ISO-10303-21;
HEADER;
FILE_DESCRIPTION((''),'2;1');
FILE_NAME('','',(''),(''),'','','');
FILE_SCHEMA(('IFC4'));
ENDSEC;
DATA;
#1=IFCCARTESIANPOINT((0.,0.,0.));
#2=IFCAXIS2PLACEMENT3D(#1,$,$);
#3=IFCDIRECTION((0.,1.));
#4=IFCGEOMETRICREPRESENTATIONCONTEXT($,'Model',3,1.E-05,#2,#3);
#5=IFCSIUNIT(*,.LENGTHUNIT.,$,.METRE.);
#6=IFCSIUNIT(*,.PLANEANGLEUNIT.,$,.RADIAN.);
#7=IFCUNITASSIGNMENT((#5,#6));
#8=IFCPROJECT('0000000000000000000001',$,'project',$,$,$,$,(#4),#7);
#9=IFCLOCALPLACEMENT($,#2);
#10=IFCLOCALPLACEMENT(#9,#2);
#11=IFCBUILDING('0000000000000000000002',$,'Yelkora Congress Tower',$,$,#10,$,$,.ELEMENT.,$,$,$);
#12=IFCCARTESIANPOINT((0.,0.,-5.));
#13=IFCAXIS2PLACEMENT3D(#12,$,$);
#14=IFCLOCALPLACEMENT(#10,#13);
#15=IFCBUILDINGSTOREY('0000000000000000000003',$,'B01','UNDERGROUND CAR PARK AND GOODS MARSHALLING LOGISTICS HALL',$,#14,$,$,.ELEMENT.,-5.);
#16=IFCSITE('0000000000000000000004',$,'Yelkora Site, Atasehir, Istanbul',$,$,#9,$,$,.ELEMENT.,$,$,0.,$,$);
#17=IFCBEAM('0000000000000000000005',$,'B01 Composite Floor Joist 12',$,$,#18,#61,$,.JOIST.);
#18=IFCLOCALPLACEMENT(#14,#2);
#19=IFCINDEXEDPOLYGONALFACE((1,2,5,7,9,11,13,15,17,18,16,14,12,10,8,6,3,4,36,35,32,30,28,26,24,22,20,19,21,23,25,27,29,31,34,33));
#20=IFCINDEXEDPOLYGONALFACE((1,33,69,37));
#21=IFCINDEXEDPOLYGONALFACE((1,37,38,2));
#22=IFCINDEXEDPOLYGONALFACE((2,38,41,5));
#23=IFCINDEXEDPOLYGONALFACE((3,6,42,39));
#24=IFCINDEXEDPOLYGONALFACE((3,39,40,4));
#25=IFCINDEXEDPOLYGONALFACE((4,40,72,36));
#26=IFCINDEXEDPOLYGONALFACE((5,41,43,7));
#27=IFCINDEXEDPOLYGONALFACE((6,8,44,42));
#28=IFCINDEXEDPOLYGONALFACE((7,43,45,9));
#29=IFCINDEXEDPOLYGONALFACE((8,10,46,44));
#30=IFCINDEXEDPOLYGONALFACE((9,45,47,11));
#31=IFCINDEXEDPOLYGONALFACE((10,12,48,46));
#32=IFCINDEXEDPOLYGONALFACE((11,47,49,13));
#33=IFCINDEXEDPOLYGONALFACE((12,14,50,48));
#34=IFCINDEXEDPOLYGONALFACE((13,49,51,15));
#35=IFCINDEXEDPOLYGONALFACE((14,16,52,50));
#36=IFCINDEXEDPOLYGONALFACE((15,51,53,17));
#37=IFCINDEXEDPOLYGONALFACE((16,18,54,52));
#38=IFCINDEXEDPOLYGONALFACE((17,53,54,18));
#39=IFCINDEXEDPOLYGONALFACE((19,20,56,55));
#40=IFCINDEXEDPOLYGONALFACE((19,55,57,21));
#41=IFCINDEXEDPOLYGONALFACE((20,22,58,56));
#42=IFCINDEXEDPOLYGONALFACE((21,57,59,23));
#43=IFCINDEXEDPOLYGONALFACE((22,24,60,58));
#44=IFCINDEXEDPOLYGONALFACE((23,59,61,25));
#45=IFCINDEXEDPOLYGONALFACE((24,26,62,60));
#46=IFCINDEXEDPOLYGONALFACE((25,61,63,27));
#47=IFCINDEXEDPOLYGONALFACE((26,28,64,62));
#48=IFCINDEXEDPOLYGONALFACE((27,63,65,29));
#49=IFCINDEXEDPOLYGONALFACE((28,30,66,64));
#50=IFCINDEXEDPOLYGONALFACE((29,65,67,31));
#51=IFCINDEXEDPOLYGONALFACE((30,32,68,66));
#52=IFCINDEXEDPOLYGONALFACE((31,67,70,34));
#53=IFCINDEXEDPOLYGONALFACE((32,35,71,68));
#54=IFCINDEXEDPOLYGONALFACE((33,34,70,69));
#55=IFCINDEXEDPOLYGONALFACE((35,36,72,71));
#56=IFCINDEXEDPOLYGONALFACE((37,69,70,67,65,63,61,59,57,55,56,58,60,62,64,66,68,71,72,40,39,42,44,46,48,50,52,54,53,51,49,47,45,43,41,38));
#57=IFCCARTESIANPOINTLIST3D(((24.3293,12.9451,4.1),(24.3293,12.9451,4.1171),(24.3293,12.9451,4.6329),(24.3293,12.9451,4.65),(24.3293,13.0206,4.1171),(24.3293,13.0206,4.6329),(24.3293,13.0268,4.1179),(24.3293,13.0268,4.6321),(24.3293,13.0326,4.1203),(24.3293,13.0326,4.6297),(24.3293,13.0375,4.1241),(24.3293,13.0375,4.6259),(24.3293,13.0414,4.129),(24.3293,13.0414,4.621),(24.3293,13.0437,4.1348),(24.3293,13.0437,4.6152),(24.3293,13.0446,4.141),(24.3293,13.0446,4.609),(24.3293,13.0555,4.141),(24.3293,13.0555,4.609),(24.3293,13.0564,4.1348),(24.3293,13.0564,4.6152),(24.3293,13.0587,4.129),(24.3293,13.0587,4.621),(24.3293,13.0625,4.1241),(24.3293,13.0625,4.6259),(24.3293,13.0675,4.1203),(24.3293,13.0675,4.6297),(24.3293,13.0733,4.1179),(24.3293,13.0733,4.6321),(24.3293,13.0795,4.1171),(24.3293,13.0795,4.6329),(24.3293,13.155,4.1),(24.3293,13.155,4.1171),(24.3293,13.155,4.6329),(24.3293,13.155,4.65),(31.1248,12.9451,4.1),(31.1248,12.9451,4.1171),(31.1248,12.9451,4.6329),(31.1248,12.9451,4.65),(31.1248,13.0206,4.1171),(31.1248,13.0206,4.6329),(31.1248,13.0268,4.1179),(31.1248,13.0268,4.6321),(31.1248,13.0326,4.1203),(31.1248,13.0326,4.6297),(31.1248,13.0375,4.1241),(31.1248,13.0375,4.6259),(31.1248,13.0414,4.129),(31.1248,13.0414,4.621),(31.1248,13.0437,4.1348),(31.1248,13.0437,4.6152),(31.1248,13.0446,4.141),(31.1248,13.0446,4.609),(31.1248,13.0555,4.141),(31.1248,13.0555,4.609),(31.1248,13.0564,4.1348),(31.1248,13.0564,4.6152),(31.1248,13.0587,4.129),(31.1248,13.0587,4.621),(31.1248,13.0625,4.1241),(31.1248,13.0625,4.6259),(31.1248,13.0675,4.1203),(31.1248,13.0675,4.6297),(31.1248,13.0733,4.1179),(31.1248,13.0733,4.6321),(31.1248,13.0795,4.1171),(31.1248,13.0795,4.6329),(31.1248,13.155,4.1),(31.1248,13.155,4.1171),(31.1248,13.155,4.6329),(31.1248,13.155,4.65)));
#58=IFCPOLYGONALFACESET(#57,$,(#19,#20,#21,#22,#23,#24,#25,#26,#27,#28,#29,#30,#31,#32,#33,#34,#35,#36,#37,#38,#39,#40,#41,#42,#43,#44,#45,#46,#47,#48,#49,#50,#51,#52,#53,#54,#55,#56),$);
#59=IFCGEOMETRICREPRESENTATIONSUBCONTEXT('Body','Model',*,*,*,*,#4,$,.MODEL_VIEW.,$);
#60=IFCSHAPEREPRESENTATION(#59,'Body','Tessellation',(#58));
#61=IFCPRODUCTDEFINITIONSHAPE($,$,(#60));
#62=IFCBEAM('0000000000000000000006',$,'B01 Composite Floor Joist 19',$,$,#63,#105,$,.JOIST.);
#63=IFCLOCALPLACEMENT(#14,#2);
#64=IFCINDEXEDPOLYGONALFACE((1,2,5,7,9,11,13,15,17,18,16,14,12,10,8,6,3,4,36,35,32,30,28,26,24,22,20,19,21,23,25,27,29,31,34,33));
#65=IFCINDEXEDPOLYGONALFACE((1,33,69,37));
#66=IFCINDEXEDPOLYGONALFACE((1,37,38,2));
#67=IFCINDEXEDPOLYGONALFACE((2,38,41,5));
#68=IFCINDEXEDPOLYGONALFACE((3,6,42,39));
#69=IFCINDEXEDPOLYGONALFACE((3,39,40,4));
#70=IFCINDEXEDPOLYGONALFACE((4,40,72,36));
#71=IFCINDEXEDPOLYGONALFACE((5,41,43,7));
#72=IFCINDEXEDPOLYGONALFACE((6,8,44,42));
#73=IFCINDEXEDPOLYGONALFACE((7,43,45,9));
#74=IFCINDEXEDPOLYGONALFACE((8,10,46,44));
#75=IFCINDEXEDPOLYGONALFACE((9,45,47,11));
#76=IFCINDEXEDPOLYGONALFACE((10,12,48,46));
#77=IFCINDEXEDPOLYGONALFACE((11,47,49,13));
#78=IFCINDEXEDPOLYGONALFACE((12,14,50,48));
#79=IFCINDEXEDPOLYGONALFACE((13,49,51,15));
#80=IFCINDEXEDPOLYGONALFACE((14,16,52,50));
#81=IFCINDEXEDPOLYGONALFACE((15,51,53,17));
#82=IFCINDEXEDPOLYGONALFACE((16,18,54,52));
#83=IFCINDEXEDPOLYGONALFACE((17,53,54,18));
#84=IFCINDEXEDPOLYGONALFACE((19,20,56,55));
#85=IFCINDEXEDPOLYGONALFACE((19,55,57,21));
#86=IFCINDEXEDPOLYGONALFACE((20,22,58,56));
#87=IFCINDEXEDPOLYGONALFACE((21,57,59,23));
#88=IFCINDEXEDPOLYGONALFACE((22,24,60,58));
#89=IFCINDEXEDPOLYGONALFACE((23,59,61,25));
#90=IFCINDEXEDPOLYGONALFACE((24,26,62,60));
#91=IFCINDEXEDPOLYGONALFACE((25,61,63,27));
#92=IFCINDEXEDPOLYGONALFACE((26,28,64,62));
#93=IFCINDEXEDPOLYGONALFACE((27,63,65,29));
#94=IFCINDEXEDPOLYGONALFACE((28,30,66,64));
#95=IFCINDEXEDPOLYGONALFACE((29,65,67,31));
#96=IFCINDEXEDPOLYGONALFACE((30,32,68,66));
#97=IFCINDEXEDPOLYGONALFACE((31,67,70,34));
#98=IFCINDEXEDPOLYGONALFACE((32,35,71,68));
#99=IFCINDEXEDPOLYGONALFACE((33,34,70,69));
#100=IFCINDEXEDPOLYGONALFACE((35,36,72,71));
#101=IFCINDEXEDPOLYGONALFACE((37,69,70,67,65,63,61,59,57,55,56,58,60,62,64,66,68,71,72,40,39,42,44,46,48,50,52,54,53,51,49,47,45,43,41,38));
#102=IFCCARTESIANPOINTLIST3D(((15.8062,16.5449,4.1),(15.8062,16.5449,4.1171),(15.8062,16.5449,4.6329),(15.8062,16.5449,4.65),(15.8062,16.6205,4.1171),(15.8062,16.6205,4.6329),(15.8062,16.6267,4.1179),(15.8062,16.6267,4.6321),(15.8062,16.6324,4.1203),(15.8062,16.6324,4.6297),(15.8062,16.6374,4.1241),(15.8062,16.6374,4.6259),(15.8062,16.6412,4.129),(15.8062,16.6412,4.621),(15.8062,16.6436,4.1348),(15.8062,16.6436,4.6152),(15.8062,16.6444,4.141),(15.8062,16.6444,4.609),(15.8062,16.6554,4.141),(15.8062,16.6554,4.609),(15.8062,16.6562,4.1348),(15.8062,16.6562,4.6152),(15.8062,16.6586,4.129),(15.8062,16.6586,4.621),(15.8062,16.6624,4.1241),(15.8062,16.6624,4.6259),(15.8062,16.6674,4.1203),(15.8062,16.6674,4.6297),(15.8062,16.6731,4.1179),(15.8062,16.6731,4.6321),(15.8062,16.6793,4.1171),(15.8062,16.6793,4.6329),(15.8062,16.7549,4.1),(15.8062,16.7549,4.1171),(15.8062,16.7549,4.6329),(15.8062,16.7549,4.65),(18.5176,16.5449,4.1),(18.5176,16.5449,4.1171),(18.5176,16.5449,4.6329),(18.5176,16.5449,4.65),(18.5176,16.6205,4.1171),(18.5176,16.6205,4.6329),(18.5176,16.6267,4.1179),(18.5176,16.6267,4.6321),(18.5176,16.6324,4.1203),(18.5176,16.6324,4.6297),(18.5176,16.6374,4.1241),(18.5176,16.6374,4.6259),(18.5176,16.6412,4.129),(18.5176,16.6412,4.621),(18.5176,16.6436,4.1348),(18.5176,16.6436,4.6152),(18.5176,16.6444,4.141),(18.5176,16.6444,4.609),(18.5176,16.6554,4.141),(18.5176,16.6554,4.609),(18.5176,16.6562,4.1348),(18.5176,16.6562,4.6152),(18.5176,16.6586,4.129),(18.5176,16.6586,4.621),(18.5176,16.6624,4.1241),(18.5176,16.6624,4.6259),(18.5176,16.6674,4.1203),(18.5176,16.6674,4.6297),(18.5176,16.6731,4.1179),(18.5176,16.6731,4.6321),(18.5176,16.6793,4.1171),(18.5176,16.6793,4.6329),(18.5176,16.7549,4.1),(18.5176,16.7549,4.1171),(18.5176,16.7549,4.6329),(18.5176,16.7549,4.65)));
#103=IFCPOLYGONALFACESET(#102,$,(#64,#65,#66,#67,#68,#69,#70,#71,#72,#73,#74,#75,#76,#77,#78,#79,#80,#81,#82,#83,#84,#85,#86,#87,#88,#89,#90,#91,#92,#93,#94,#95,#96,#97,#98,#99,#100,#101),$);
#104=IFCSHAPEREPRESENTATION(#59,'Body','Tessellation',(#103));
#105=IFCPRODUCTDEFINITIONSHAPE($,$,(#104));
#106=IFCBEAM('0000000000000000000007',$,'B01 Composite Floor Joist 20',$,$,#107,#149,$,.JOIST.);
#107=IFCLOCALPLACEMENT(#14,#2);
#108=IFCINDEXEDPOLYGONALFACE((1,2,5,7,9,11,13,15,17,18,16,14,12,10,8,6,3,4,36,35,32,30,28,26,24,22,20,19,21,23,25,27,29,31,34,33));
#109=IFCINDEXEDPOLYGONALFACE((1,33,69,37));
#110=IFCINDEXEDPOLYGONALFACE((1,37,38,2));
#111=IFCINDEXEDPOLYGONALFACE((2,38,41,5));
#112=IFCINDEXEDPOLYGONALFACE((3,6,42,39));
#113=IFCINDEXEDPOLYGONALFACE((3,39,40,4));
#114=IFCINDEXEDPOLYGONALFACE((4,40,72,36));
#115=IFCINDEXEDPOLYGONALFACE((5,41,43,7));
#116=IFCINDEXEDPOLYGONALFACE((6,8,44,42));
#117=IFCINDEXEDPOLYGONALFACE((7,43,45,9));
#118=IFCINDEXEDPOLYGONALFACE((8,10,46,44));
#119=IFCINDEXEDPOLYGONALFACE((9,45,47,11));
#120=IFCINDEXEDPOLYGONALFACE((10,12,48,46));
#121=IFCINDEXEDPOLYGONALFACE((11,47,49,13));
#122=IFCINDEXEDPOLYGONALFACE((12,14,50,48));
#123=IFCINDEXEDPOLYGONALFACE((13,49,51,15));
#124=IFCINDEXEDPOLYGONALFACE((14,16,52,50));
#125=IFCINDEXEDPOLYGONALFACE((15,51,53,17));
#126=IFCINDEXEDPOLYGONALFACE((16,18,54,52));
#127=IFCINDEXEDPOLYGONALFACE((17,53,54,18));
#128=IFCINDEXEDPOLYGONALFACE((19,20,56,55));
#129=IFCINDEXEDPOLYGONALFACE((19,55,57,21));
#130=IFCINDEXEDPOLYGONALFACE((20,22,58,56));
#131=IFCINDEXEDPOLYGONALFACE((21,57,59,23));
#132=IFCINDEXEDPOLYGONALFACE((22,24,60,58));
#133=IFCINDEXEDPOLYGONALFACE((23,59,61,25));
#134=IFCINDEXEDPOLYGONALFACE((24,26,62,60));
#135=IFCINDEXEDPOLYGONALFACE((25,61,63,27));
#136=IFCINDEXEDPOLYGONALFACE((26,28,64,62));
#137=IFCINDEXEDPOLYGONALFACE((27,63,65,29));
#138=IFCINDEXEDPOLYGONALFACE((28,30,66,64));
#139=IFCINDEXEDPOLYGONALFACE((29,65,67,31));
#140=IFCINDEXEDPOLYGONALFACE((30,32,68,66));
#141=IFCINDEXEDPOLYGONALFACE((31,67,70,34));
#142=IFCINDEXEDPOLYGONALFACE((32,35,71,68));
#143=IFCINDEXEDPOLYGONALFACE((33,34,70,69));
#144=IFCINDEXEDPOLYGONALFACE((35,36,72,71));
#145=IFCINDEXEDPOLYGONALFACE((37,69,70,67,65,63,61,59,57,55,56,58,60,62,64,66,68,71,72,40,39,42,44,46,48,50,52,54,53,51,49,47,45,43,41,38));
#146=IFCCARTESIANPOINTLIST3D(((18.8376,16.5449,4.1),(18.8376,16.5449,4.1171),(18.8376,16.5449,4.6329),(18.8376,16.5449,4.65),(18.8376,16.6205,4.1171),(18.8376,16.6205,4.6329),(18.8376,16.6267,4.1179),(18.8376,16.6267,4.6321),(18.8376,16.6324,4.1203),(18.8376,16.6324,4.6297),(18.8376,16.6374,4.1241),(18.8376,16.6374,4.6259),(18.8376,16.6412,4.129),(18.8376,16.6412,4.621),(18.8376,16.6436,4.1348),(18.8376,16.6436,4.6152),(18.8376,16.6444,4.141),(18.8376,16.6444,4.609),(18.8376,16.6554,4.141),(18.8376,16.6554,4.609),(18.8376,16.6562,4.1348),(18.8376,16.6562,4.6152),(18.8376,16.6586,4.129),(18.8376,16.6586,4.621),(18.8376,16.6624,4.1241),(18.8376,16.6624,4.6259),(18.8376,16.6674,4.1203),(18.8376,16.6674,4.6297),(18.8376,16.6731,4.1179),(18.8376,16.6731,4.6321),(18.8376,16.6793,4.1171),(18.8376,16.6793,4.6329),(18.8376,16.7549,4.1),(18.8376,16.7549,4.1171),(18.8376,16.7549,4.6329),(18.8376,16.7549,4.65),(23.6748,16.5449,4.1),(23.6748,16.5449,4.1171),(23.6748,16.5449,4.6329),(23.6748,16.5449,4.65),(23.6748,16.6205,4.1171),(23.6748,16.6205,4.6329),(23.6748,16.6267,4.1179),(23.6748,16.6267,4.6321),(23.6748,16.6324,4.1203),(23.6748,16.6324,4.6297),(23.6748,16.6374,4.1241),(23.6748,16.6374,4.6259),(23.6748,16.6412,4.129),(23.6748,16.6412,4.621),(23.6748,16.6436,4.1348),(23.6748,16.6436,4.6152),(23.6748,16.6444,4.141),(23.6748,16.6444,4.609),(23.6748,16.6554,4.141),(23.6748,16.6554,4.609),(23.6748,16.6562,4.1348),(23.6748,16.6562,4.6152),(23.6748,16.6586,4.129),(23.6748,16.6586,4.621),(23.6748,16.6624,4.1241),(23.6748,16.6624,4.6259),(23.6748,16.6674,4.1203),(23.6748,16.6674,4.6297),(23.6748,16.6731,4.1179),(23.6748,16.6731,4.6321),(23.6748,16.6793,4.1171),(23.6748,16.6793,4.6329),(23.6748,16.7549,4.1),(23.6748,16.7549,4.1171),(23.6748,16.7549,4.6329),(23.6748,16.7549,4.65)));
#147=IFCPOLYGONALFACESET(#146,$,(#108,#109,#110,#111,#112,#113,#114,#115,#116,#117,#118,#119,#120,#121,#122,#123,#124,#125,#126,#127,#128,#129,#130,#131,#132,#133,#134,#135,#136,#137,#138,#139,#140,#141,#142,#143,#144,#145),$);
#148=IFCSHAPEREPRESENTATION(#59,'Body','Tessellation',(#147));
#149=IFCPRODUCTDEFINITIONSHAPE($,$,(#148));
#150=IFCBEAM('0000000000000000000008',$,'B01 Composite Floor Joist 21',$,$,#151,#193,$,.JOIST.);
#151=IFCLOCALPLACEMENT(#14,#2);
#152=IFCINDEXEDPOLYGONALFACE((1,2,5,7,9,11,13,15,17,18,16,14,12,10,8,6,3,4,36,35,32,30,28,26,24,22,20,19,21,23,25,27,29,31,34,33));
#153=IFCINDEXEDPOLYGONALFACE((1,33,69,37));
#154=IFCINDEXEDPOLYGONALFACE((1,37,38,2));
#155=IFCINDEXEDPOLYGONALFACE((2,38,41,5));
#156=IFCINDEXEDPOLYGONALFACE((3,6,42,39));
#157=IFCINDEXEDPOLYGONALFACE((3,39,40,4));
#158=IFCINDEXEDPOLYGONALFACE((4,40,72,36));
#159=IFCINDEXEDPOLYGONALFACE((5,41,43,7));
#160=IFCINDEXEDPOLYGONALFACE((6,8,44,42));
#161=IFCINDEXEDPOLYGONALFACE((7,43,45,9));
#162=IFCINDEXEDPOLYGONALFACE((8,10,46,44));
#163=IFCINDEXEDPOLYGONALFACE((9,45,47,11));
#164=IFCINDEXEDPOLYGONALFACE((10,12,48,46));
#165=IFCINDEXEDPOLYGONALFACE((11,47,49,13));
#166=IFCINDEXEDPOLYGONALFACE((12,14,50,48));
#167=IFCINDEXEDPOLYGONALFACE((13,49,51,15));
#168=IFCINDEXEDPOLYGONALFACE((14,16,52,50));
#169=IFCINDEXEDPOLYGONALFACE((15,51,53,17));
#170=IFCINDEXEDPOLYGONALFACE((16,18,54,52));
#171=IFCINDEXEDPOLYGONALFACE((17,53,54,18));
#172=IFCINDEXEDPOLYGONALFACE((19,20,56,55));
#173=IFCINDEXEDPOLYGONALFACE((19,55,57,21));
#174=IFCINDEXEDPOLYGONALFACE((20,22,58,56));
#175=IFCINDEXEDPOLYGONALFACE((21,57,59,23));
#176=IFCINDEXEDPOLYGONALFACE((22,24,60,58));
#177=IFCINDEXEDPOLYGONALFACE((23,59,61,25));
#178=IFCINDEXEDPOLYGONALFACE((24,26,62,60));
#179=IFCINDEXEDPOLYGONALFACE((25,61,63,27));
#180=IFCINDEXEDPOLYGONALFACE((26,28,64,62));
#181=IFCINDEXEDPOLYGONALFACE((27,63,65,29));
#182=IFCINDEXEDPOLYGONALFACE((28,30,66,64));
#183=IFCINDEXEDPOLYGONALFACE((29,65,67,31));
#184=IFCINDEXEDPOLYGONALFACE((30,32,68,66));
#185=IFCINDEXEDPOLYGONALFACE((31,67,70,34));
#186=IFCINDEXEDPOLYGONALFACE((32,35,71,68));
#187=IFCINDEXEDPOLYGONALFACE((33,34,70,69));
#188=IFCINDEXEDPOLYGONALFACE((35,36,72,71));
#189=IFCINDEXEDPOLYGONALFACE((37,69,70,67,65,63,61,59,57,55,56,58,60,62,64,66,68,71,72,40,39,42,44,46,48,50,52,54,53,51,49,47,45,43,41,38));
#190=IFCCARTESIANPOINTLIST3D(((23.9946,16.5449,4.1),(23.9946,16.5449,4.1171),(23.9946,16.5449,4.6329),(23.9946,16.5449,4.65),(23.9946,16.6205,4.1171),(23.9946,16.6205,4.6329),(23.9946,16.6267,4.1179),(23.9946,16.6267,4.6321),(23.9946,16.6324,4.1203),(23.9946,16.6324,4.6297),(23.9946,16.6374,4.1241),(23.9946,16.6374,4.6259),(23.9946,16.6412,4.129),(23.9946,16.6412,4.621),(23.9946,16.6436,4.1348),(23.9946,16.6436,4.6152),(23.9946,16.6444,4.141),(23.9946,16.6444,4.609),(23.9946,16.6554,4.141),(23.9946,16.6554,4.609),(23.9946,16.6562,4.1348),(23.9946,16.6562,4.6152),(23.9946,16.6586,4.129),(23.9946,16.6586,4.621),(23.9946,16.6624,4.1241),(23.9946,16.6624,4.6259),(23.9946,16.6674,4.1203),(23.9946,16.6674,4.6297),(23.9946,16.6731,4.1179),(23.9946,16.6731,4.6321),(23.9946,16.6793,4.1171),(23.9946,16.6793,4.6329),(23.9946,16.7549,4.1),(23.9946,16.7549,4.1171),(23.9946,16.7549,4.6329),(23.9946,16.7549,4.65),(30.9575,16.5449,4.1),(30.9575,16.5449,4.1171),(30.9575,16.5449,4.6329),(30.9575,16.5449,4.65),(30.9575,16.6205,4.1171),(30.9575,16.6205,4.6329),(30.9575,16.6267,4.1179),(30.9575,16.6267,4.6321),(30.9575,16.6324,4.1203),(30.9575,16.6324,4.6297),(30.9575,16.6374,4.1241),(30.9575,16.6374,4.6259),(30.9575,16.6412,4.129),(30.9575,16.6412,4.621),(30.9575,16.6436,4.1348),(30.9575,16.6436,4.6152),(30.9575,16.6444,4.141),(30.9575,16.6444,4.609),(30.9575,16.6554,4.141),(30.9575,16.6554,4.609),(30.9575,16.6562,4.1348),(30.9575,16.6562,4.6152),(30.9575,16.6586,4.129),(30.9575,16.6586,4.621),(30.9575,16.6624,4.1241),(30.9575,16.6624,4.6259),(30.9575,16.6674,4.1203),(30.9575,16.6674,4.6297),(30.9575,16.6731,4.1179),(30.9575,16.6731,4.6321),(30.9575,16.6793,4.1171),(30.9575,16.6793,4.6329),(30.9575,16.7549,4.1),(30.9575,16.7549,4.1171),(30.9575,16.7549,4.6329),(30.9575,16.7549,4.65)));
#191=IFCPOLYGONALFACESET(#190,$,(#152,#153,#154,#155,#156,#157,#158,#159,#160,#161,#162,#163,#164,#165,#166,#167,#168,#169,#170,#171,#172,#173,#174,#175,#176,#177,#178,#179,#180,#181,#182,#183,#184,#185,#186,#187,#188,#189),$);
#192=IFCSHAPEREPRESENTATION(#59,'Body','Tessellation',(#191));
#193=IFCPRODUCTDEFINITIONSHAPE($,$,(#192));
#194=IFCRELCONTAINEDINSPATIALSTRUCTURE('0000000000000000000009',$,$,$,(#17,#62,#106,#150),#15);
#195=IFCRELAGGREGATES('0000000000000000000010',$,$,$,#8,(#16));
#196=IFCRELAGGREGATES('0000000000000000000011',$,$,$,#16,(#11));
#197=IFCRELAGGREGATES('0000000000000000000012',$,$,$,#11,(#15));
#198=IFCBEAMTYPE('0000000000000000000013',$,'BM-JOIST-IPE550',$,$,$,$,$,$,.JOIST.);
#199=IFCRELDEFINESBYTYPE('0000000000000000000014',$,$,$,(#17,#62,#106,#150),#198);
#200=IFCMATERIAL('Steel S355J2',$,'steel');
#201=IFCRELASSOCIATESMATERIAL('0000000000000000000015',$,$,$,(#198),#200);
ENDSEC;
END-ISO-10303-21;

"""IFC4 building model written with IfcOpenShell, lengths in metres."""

from ifc_helpers import new_model, si_unit, direction, frame, origin, origin_2d, place, context, subcontext, project, spatial, i_section, extrude, material, material_profile, profile_set, type_object, element, save


model = new_model("IFC4")

# Units and contexts
model_context = context("Model", 3, precision=1e-05, world=origin(), true_north=direction((0.0, 1.0)))
body_context = subcontext(model_context, "Body", "Model", "MODEL_VIEW")
ifc_project = project(units=[si_unit("LENGTHUNIT", "METRE"), si_unit("PLANEANGLEUNIT", "RADIAN")], contexts=[model_context])

# Site, building, storey
site_placement = place(None, origin())
site = spatial("IfcSite", under=ifc_project, at=site_placement, Name="Yelkora Site, Atasehir, Istanbul", CompositionType="ELEMENT", RefElevation=0.0)
building_placement = place(site_placement, origin())
building = spatial("IfcBuilding", under=site, at=building_placement, Name="Yelkora Congress Tower", CompositionType="ELEMENT")
storey_placement = place(building_placement, frame((0.0, 0.0, -5.0)))
storey = spatial("IfcBuildingStorey", under=building, at=storey_placement, Name="B01", Description="UNDERGROUND CAR PARK AND GOODS MARSHALLING LOGISTICS HALL", CompositionType="ELEMENT", Elevation=-5.0)

# Beams
ifc_material_1 = material(Name="Steel S355J2", Category="steel")
ifc_material_profile_1 = material_profile(ifc_material_1, i_section(OverallWidth=0.21, OverallDepth=0.55, WebThickness=0.011, FlangeThickness=0.0171, FilletRadius=0.0239, at=origin_2d()), Name="IPE 550")
ifc_profile_set_1 = profile_set([ifc_material_profile_1], Name="Steel S355J2")
beam_type_1 = type_object("IfcBeamType", Name="BM-JOIST-IPE550", PredefinedType="JOIST", material=ifc_profile_set_1)
beam_1_placement = place(storey_placement, frame((24.3293, 13.05, 4.375), z_axis=(1.0, 0.0, 0.0), x_axis=(0.0, 1.0, 0.0)))
element("IfcBeam", 1, at=beam_1_placement, inside=storey, type_object=beam_type_1, Name="B01 Composite Floor Joist 12", PredefinedType="JOIST", context=body_context, shape_type="SweptSolid", body=[
    extrude(i_section(OverallWidth=0.21, OverallDepth=0.55, WebThickness=0.011, FlangeThickness=0.0171, FilletRadius=0.0239, at=origin_2d()), origin(), (0.0, 0.0, 1.0), 6.7954),
])
beam_2_placement = place(storey_placement, frame((15.8062, 16.6499, 4.375), z_axis=(1.0, 0.0, 0.0), x_axis=(0.0, 1.0, 0.0)))
element("IfcBeam", 2, at=beam_2_placement, inside=storey, type_object=beam_type_1, Name="B01 Composite Floor Joist 19", PredefinedType="JOIST", context=body_context, shape_type="SweptSolid", body=[
    extrude(i_section(OverallWidth=0.21, OverallDepth=0.55, WebThickness=0.011, FlangeThickness=0.0171, FilletRadius=0.0239, at=origin_2d()), origin(), (0.0, 0.0, 1.0), 2.7114),
])
beam_3_placement = place(storey_placement, frame((18.8376, 16.6499, 4.375), z_axis=(1.0, 0.0, 0.0), x_axis=(0.0, 1.0, 0.0)))
element("IfcBeam", 3, at=beam_3_placement, inside=storey, type_object=beam_type_1, Name="B01 Composite Floor Joist 20", PredefinedType="JOIST", context=body_context, shape_type="SweptSolid", body=[
    extrude(i_section(OverallWidth=0.21, OverallDepth=0.55, WebThickness=0.011, FlangeThickness=0.0171, FilletRadius=0.0239, at=origin_2d()), origin(), (0.0, 0.0, 1.0), 4.8372),
])
beam_4_placement = place(storey_placement, frame((23.9946, 16.6499, 4.375), z_axis=(1.0, 0.0, 0.0), x_axis=(0.0, 1.0, 0.0)))
element("IfcBeam", 4, at=beam_4_placement, inside=storey, type_object=beam_type_1, Name="B01 Composite Floor Joist 21", PredefinedType="JOIST", context=body_context, shape_type="SweptSolid", body=[
    extrude(i_section(OverallWidth=0.21, OverallDepth=0.55, WebThickness=0.011, FlangeThickness=0.0171, FilletRadius=0.0239, at=origin_2d()), origin(), (0.0, 0.0, 1.0), 6.9629),
])

save(model, "model.ifc")
